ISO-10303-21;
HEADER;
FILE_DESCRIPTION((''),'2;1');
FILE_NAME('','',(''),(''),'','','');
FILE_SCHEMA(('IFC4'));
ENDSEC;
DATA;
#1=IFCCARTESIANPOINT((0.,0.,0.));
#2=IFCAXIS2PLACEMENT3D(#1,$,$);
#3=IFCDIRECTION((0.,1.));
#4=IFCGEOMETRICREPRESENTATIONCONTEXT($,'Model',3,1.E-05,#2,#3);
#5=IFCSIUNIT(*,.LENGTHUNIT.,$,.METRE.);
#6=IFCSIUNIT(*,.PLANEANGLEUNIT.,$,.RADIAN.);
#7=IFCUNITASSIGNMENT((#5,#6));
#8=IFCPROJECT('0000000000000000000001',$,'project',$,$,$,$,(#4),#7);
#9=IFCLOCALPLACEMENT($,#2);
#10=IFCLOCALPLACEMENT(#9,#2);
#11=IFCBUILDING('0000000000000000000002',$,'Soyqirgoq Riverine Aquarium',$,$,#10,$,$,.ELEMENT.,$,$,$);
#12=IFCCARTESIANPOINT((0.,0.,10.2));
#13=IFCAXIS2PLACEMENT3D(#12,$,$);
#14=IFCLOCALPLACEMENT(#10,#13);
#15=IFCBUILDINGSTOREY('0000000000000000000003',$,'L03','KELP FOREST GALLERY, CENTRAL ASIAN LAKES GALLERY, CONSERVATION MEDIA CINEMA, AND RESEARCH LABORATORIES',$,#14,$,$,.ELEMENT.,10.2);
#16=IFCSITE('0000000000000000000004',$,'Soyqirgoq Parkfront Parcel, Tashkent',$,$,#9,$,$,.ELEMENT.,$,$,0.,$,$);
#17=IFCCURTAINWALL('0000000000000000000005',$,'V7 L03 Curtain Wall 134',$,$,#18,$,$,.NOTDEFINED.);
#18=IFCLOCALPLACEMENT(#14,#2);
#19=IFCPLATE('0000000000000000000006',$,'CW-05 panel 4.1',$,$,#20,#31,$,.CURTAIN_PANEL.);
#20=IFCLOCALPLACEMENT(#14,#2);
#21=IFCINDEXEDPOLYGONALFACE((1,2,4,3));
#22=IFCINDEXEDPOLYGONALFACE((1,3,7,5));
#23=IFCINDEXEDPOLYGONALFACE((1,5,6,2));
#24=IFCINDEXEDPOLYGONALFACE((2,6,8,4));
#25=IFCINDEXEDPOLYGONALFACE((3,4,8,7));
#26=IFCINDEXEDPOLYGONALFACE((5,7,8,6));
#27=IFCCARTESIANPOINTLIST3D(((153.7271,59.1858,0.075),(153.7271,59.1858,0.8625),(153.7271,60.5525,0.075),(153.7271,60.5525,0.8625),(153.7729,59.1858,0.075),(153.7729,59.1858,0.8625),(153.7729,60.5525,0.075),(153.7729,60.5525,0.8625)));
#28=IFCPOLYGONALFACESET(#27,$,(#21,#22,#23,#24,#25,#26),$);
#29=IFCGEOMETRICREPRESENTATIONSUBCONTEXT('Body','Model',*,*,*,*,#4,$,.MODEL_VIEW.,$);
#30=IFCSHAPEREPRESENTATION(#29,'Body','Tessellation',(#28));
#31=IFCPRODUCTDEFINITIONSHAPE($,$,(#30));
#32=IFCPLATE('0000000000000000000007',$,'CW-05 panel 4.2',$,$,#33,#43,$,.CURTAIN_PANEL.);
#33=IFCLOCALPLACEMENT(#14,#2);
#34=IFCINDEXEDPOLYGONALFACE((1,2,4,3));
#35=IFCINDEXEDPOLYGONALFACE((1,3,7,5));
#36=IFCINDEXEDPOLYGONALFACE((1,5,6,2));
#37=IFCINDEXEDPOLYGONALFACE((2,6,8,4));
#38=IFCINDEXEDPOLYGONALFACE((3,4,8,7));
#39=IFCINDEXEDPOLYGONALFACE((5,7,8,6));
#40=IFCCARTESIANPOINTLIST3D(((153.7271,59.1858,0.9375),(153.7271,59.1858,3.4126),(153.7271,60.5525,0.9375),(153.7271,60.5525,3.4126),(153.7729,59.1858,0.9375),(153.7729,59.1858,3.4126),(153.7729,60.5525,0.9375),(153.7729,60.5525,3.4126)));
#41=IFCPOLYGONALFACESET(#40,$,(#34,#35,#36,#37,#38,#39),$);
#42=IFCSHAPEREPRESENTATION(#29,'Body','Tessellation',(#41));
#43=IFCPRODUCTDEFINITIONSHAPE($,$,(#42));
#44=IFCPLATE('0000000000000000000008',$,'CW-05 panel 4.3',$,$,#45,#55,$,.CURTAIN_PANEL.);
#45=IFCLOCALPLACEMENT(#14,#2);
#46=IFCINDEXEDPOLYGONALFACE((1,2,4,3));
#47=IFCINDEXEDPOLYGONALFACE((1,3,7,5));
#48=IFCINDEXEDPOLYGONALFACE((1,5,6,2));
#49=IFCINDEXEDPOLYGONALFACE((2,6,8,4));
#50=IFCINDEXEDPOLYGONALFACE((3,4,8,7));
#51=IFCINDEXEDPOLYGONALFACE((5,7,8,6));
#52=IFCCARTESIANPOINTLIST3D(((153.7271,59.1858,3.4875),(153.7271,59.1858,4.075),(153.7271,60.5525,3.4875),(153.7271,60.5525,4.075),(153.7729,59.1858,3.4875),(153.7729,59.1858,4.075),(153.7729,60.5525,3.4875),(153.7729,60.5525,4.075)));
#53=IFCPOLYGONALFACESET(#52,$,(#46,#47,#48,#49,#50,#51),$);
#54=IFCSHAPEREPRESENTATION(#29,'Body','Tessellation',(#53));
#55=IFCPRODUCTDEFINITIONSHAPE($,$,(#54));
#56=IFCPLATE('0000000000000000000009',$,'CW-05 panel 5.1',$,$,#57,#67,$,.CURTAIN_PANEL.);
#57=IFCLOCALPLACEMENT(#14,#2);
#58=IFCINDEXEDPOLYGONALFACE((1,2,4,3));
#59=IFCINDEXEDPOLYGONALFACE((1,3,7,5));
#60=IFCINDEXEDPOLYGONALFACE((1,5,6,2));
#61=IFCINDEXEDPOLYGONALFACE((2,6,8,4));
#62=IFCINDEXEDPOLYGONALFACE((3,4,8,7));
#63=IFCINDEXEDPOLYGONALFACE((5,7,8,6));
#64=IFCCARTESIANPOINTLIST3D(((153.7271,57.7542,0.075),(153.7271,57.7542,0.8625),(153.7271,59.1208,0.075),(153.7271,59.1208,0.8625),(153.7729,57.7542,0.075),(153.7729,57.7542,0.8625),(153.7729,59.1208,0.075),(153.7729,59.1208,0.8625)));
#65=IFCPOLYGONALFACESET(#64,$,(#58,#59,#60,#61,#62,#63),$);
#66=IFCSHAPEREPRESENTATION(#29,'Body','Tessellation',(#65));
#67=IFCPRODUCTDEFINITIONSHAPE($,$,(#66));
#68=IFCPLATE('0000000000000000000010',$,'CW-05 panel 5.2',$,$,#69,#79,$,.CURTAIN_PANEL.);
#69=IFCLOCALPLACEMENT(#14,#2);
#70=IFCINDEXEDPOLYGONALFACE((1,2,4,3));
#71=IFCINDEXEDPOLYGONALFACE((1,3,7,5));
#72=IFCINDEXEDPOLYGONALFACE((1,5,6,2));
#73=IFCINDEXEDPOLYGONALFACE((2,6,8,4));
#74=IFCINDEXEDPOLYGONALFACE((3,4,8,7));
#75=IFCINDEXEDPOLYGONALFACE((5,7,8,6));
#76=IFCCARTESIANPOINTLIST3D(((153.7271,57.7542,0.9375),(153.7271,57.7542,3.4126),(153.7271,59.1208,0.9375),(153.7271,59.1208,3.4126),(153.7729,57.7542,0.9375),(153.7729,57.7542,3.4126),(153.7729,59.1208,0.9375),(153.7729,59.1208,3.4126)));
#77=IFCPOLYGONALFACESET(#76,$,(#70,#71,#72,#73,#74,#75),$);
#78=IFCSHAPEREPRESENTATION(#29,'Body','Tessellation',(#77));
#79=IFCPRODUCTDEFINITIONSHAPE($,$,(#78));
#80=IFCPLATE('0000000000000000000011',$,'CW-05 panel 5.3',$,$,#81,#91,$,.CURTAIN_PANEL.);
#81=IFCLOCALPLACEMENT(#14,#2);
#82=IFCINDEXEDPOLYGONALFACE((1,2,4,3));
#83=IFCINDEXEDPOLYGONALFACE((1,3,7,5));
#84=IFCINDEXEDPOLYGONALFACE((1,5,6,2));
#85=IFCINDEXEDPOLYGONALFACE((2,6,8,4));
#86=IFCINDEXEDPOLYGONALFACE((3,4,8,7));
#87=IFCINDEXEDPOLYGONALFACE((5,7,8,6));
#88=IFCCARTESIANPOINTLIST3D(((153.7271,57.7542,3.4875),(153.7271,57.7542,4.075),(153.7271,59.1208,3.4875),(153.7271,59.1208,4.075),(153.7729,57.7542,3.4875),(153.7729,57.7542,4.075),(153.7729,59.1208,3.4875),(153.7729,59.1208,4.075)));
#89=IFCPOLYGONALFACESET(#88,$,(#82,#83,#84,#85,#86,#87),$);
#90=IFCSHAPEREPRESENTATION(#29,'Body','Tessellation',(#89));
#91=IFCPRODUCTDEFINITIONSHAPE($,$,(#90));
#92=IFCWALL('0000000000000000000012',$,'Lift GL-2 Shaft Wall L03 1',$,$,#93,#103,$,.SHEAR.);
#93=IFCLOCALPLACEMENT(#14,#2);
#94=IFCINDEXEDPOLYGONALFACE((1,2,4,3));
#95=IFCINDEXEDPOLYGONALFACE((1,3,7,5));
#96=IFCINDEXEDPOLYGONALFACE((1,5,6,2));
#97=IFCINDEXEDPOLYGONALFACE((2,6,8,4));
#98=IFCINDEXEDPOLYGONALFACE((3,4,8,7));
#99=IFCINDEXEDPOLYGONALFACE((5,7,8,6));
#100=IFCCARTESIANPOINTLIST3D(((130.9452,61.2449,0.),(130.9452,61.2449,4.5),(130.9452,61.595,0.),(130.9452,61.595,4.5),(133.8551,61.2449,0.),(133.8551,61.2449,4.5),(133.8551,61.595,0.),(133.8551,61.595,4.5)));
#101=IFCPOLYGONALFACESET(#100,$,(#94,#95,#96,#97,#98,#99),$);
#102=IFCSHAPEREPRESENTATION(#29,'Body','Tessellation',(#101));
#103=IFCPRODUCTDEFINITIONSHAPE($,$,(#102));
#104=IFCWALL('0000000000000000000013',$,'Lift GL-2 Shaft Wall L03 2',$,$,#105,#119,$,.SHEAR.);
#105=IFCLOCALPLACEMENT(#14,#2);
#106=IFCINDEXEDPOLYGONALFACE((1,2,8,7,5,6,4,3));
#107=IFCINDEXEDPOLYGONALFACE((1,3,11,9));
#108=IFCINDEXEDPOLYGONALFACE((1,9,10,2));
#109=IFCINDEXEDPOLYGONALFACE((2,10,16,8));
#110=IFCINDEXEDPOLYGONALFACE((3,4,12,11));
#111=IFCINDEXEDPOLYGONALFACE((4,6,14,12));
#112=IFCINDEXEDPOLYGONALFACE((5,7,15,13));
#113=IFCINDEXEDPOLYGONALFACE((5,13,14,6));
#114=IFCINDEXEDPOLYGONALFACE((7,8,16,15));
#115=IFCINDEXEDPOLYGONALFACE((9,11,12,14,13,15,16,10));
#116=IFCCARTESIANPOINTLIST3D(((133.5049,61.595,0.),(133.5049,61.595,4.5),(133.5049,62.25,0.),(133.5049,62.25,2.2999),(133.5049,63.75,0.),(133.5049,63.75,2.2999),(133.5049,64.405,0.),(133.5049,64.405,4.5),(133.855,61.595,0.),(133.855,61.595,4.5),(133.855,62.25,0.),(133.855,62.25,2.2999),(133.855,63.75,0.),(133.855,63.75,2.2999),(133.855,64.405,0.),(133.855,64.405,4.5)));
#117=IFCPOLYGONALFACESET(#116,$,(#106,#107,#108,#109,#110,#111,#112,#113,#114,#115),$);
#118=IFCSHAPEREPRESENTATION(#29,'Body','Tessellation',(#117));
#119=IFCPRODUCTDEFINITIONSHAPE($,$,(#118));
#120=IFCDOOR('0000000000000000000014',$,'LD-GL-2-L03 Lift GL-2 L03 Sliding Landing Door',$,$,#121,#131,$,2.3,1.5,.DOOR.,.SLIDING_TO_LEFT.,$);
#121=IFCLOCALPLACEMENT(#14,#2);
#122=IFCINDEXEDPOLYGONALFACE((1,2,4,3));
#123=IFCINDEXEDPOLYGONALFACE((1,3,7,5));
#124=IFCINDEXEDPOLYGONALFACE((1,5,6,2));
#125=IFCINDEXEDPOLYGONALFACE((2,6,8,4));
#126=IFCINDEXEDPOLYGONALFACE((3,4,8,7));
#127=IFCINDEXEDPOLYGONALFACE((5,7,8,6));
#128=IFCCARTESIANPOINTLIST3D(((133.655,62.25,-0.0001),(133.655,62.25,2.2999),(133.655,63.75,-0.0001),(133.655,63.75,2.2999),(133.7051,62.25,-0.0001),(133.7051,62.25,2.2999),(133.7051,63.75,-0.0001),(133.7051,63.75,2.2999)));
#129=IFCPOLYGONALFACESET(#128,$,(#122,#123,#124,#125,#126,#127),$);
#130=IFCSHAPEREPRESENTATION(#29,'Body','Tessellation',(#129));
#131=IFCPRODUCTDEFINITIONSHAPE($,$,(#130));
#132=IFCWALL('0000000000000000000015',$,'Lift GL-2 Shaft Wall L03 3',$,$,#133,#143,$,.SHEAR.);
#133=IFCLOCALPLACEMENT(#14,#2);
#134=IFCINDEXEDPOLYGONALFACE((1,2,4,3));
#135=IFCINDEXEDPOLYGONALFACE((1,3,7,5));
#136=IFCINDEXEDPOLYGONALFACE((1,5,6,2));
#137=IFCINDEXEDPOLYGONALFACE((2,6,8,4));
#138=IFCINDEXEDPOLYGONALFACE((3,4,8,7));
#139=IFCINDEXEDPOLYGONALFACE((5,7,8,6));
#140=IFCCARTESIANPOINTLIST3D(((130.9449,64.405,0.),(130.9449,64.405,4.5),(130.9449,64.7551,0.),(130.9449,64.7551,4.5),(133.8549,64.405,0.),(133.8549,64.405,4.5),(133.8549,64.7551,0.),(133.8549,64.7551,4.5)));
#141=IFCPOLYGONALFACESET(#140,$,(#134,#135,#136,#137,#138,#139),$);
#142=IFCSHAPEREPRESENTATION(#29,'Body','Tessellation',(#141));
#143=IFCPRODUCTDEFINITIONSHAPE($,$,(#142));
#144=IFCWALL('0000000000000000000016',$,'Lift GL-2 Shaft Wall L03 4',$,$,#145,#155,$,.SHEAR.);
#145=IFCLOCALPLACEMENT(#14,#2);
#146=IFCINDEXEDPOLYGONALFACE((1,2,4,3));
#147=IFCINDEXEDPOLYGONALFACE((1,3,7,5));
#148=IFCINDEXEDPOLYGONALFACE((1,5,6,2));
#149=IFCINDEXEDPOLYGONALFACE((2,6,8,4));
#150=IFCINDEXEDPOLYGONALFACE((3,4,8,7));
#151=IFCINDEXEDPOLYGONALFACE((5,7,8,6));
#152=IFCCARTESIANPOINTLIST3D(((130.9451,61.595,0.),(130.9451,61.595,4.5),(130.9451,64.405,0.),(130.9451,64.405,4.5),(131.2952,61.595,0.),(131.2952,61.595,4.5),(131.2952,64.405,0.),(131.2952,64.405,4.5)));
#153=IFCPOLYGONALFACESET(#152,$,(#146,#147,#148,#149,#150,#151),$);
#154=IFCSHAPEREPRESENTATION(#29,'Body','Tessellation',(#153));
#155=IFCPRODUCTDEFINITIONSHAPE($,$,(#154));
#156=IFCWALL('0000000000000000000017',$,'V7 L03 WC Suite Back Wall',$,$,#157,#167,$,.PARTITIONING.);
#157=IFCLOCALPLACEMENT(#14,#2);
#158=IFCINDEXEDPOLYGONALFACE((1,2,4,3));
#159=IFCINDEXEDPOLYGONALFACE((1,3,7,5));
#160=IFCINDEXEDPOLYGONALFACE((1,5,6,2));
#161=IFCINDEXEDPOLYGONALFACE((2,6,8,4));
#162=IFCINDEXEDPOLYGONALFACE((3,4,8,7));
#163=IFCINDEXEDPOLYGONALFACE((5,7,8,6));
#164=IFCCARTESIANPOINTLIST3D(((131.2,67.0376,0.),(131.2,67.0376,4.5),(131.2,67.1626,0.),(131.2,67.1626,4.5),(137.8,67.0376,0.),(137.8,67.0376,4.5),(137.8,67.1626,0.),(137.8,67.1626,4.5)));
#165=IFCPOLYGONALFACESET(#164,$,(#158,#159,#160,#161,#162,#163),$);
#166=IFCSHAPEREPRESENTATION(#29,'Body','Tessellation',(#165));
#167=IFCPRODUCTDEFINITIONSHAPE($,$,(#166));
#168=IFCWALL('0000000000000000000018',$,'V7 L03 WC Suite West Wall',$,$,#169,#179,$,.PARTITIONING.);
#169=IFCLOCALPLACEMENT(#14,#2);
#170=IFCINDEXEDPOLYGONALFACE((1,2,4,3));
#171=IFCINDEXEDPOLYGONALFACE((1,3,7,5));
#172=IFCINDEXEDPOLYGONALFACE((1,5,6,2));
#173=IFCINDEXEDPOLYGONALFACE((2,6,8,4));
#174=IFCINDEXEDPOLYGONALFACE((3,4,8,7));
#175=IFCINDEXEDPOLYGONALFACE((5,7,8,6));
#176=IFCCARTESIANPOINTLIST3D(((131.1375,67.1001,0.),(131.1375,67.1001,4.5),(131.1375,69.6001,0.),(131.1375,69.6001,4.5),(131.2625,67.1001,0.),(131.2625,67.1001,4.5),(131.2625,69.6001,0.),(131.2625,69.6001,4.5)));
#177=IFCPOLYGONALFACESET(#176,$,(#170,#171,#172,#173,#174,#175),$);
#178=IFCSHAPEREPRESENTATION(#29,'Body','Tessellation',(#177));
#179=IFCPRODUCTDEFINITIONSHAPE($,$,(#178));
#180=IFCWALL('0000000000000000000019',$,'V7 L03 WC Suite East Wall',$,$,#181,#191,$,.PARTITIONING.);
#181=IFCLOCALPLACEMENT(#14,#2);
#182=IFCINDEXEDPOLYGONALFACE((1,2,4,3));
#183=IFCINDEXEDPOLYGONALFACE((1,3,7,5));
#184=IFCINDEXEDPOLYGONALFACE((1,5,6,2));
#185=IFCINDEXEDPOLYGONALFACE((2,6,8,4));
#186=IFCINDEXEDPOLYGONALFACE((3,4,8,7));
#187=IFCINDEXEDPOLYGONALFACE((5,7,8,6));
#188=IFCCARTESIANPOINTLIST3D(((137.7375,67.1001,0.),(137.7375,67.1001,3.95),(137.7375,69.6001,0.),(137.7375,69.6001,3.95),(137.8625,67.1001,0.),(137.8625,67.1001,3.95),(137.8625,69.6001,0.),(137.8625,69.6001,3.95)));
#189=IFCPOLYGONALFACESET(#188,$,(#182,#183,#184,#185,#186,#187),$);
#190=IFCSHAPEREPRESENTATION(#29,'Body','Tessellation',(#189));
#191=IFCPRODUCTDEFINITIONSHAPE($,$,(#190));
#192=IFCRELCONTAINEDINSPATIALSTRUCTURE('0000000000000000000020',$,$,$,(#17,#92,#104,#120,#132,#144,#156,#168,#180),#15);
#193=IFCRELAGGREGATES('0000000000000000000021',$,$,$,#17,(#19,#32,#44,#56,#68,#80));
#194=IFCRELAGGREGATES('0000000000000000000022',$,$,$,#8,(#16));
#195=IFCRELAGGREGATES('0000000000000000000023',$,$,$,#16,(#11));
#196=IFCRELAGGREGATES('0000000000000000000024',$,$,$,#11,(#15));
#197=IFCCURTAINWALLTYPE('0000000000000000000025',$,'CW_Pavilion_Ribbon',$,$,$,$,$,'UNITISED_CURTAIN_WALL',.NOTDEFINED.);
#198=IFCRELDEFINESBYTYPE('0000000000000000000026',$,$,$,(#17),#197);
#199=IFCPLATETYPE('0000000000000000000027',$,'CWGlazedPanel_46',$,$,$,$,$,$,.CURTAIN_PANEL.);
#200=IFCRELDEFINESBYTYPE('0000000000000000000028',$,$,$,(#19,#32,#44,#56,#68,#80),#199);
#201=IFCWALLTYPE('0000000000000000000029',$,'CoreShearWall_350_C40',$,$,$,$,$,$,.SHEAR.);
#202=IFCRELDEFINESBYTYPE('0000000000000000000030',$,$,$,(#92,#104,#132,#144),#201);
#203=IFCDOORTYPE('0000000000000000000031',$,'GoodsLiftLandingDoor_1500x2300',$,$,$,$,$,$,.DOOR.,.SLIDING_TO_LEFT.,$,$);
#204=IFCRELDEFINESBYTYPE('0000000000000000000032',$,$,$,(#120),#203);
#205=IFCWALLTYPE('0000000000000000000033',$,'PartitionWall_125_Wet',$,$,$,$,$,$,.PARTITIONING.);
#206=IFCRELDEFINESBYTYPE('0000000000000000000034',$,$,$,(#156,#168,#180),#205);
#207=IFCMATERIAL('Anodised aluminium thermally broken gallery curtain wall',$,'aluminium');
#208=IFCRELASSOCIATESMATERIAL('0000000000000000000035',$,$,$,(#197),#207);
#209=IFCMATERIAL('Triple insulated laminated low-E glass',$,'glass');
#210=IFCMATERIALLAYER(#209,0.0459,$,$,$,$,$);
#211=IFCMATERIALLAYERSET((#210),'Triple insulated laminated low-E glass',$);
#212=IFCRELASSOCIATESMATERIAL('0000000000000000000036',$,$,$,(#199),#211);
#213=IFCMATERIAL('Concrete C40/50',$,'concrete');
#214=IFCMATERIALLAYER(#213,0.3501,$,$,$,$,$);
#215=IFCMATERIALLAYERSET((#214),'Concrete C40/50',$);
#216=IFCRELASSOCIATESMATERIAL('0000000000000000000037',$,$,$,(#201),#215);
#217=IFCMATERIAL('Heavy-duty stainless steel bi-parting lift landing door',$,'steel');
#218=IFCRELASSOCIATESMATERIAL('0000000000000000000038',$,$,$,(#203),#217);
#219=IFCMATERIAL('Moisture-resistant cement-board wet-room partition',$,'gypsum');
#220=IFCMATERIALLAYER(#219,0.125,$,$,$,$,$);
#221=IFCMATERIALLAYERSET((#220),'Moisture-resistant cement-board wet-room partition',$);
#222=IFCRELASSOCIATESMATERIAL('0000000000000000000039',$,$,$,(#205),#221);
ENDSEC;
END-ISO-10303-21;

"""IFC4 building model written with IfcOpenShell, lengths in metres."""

from ifc_helpers import new_model, si_unit, direction, frame, frame_2d, origin, origin_2d, place, context, subcontext, project, spatial, rectangle, extrude, material, layer, layer_set, type_object, element, fill, aggregate, save


model = new_model("IFC4")

# Units and contexts
model_context = context("Model", 3, precision=1e-05, world=origin(), true_north=direction((0.0, 1.0)))
body_context = subcontext(model_context, "Body", "Model", "MODEL_VIEW")
ifc_project = project(units=[si_unit("LENGTHUNIT", "METRE"), si_unit("PLANEANGLEUNIT", "RADIAN")], contexts=[model_context])

# Site, building, storey
site_placement = place(None, origin())
site = spatial("IfcSite", under=ifc_project, at=site_placement, Name="Soyqirgoq Parkfront Parcel, Tashkent", CompositionType="ELEMENT", RefElevation=0.0)
building_placement = place(site_placement, origin())
building = spatial("IfcBuilding", under=site, at=building_placement, Name="Soyqirgoq Riverine Aquarium", CompositionType="ELEMENT")
storey_placement = place(building_placement, frame((0.0, 0.0, 10.2)))
storey = spatial("IfcBuildingStorey", under=building, at=storey_placement, Name="L03", Description="KELP FOREST GALLERY, CENTRAL ASIAN LAKES GALLERY, CONSERVATION MEDIA CINEMA, AND RESEARCH LABORATORIES", CompositionType="ELEMENT", Elevation=10.2)

# Curtain wall
ifc_material_1 = material(Name="Anodised aluminium thermally broken gallery curtain wall", Category="aluminium")
curtain_wall_type = type_object("IfcCurtainWallType", Name="CW_Pavilion_Ribbon", ElementType="UNITISED_CURTAIN_WALL", PredefinedType="NOTDEFINED", material=ifc_material_1)
curtain_wall_placement = place(storey_placement, origin())
curtain_wall = element("IfcCurtainWall", 1, at=curtain_wall_placement, inside=storey, type_object=curtain_wall_type, Name="V7 L03 Curtain Wall 134", PredefinedType="NOTDEFINED")

# Plates
ifc_material_2 = material(Name="Triple insulated laminated low-E glass", Category="glass")
ifc_layer_1 = layer(ifc_material_2, 0.0459)
ifc_layer_set_1 = layer_set([ifc_layer_1], Name="Triple insulated laminated low-E glass")
plate_type = type_object("IfcPlateType", Name="CWGlazedPanel_46", PredefinedType="CURTAIN_PANEL", material=ifc_layer_set_1)
plate_1_placement = place(storey_placement, frame((153.75, 59.8691, 0.075), z_axis=(0.0, 0.0, 1.0), x_axis=(0.0, -1.0, 0.0)))
plate_1 = element("IfcPlate", 2, at=plate_1_placement, type_object=plate_type, Name="CW-05 panel 4.1", PredefinedType="CURTAIN_PANEL", context=body_context, shape_type="SweptSolid", body=[
    extrude(rectangle(XDim=1.3667, YDim=0.0459, at=origin_2d()), origin(), (0.0, 0.0, 1.0), 0.7876),
])
plate_2_placement = place(storey_placement, frame((153.75, 59.8691, 0.9375), z_axis=(0.0, 0.0, 1.0), x_axis=(0.0, -1.0, 0.0)))
plate_2 = element("IfcPlate", 3, at=plate_2_placement, type_object=plate_type, Name="CW-05 panel 4.2", PredefinedType="CURTAIN_PANEL", context=body_context, shape_type="SweptSolid", body=[
    extrude(rectangle(XDim=1.3667, YDim=0.0459, at=origin_2d()), origin(), (0.0, 0.0, 1.0), 2.4751),
])
plate_3_placement = place(storey_placement, frame((153.75, 59.8691, 3.4875), z_axis=(0.0, 0.0, 1.0), x_axis=(0.0, -1.0, 0.0)))
plate_3 = element("IfcPlate", 4, at=plate_3_placement, type_object=plate_type, Name="CW-05 panel 4.3", PredefinedType="CURTAIN_PANEL", context=body_context, shape_type="SweptSolid", body=[
    extrude(rectangle(XDim=1.3667, YDim=0.0459, at=origin_2d()), origin(), (0.0, 0.0, 1.0), 0.5874),
])
plate_4_placement = place(storey_placement, frame((153.75, 58.4375, 0.075), z_axis=(0.0, 0.0, 1.0), x_axis=(0.0, -1.0, 0.0)))
plate_4 = element("IfcPlate", 5, at=plate_4_placement, type_object=plate_type, Name="CW-05 panel 5.1", PredefinedType="CURTAIN_PANEL", context=body_context, shape_type="SweptSolid", body=[
    extrude(rectangle(XDim=1.3667, YDim=0.0459, at=origin_2d()), origin(), (0.0, 0.0, 1.0), 0.7876),
])
plate_5_placement = place(storey_placement, frame((153.75, 58.4375, 0.9375), z_axis=(0.0, 0.0, 1.0), x_axis=(0.0, -1.0, 0.0)))
plate_5 = element("IfcPlate", 6, at=plate_5_placement, type_object=plate_type, Name="CW-05 panel 5.2", PredefinedType="CURTAIN_PANEL", context=body_context, shape_type="SweptSolid", body=[
    extrude(rectangle(XDim=1.3667, YDim=0.0459, at=origin_2d()), origin(), (0.0, 0.0, 1.0), 2.4751),
])
plate_6_placement = place(storey_placement, frame((153.75, 58.4375, 3.4875), z_axis=(0.0, 0.0, 1.0), x_axis=(0.0, -1.0, 0.0)))
plate_6 = element("IfcPlate", 7, at=plate_6_placement, type_object=plate_type, Name="CW-05 panel 5.3", PredefinedType="CURTAIN_PANEL", context=body_context, shape_type="SweptSolid", body=[
    extrude(rectangle(XDim=1.3667, YDim=0.0459, at=origin_2d()), origin(), (0.0, 0.0, 1.0), 0.5874),
])
aggregate(curtain_wall, [plate_1, plate_2, plate_3, plate_4, plate_5, plate_6])

# Wall
ifc_material_3 = material(Name="Concrete C40/50", Category="concrete")
ifc_layer_2 = layer(ifc_material_3, 0.3501)
ifc_layer_set_2 = layer_set([ifc_layer_2], Name="Concrete C40/50")
wall_type_1 = type_object("IfcWallType", Name="CoreShearWall_350_C40", PredefinedType="SHEAR", material=ifc_layer_set_2)
wall_1_placement = place(storey_placement, frame((130.9451, 61.4199, 0.0), z_axis=(0.0, 0.0, 1.0), x_axis=(1.0, 0.0, 0.0)))
element("IfcWall", 8, at=wall_1_placement, inside=storey, type_object=wall_type_1, Name="Lift GL-2 Shaft Wall L03 1", PredefinedType="SHEAR", context=body_context, shape_type="SweptSolid", body=[
    extrude(rectangle(XDim=2.9099, YDim=0.3501, at=frame_2d((1.4551, 0.0))), origin(), (0.0, 0.0, 1.0), 4.5),
])

# Wall, opening, door
wall_2_placement = place(storey_placement, frame((133.6799, 61.595, 0.0), z_axis=(0.0, 0.0, 1.0), x_axis=(0.0, 1.0, 0.0)))
wall_2 = element("IfcWall", 9, at=wall_2_placement, inside=storey, type_object=wall_type_1, Name="Lift GL-2 Shaft Wall L03 2", PredefinedType="SHEAR", context=body_context, shape_type="SweptSolid", body=[
    extrude(rectangle(XDim=2.8101, YDim=0.3501, at=frame_2d((1.405, 0.0))), origin(), (0.0, 0.0, 1.0), 4.5),
])
opening_placement = place(wall_2_placement, frame((0.655, 0.0, 0.0)))
opening = element("IfcOpeningElement", 10, at=opening_placement, cuts=wall_2, PredefinedType="OPENING", context=body_context, shape_type="SweptSolid", body=[
    extrude(rectangle(XDim=1.5, YDim=2.3, at=frame_2d((0.75, 1.1499))), frame((0.0, 0.1851, 0.0), z_axis=(0.0, -1.0, 0.0), x_axis=(1.0, 0.0, 0.0)), (0.0, 0.0, 1.0), 0.3701),
])
ifc_material_4 = material(Name="Heavy-duty stainless steel bi-parting lift landing door", Category="steel")
door_type = type_object("IfcDoorType", Name="GoodsLiftLandingDoor_1500x2300", OperationType="SLIDING_TO_LEFT", PredefinedType="DOOR", material=ifc_material_4)
door_placement = place(opening_placement, origin())
door = element("IfcDoor", 11, at=door_placement, inside=storey, type_object=door_type, Name="LD-GL-2-L03 Lift GL-2 L03 Sliding Landing Door", OperationType="SLIDING_TO_LEFT", OverallHeight=2.3, OverallWidth=1.5, PredefinedType="DOOR", context=body_context, shape_type="SweptSolid", body=[
    extrude(rectangle(XDim=1.5, YDim=2.3, at=frame_2d((0.75, 1.1499))), frame((0.0, 0.0249, 0.0), z_axis=(0.0, -1.0, 0.0), x_axis=(1.0, 0.0, 0.0)), (0.0, 0.0, 1.0), 0.05),
])
fill(opening, door)

# Walls
wall_3_placement = place(storey_placement, frame((133.855, 64.5801, 0.0), z_axis=(0.0, 0.0, 1.0), x_axis=(-1.0, 0.0, 0.0)))
element("IfcWall", 12, at=wall_3_placement, inside=storey, type_object=wall_type_1, Name="Lift GL-2 Shaft Wall L03 3", PredefinedType="SHEAR", context=body_context, shape_type="SweptSolid", body=[
    extrude(rectangle(XDim=2.9099, YDim=0.3501, at=frame_2d((1.4551, 0.0))), origin(), (0.0, 0.0, 1.0), 4.5),
])
wall_4_placement = place(storey_placement, frame((131.1201, 64.405, 0.0), z_axis=(0.0, 0.0, 1.0), x_axis=(0.0, -1.0, 0.0)))
element("IfcWall", 13, at=wall_4_placement, inside=storey, type_object=wall_type_1, Name="Lift GL-2 Shaft Wall L03 4", PredefinedType="SHEAR", context=body_context, shape_type="SweptSolid", body=[
    extrude(rectangle(XDim=2.8101, YDim=0.3501, at=frame_2d((1.405, 0.0))), origin(), (0.0, 0.0, 1.0), 4.5),
])
ifc_material_5 = material(Name="Moisture-resistant cement-board wet-room partition", Category="gypsum")
ifc_layer_3 = layer(ifc_material_5, 0.125)
ifc_layer_set_3 = layer_set([ifc_layer_3], Name="Moisture-resistant cement-board wet-room partition")
wall_type_2 = type_object("IfcWallType", Name="PartitionWall_125_Wet", PredefinedType="PARTITIONING", material=ifc_layer_set_3)
wall_5_placement = place(storey_placement, frame((131.2, 67.1001, 0.0), z_axis=(0.0, 0.0, 1.0), x_axis=(1.0, 0.0, 0.0)))
element("IfcWall", 14, at=wall_5_placement, inside=storey, type_object=wall_type_2, Name="V7 L03 WC Suite Back Wall", PredefinedType="PARTITIONING", context=body_context, shape_type="SweptSolid", body=[
    extrude(rectangle(XDim=6.6001, YDim=0.125, at=frame_2d((3.3, 0.0))), origin(), (0.0, 0.0, 1.0), 4.5),
])
wall_6_placement = place(storey_placement, frame((131.2, 67.1001, 0.0), z_axis=(0.0, 0.0, 1.0), x_axis=(0.0, 1.0, 0.0)))
element("IfcWall", 15, at=wall_6_placement, inside=storey, type_object=wall_type_2, Name="V7 L03 WC Suite West Wall", PredefinedType="PARTITIONING", context=body_context, shape_type="SweptSolid", body=[
    extrude(rectangle(XDim=2.5, YDim=0.125, at=frame_2d((1.25, 0.0))), origin(), (0.0, 0.0, 1.0), 4.5),
])
wall_7_placement = place(storey_placement, frame((137.8, 67.1001, 0.0), z_axis=(0.0, 0.0, 1.0), x_axis=(0.0, 1.0, 0.0)))
element("IfcWall", 16, at=wall_7_placement, inside=storey, type_object=wall_type_2, Name="V7 L03 WC Suite East Wall", PredefinedType="PARTITIONING", context=body_context, shape_type="SweptSolid", body=[
    extrude(rectangle(XDim=2.5, YDim=0.125, at=frame_2d((1.25, 0.0))), origin(), (0.0, 0.0, 1.0), 3.95),
])

save(model, "model.ifc")
